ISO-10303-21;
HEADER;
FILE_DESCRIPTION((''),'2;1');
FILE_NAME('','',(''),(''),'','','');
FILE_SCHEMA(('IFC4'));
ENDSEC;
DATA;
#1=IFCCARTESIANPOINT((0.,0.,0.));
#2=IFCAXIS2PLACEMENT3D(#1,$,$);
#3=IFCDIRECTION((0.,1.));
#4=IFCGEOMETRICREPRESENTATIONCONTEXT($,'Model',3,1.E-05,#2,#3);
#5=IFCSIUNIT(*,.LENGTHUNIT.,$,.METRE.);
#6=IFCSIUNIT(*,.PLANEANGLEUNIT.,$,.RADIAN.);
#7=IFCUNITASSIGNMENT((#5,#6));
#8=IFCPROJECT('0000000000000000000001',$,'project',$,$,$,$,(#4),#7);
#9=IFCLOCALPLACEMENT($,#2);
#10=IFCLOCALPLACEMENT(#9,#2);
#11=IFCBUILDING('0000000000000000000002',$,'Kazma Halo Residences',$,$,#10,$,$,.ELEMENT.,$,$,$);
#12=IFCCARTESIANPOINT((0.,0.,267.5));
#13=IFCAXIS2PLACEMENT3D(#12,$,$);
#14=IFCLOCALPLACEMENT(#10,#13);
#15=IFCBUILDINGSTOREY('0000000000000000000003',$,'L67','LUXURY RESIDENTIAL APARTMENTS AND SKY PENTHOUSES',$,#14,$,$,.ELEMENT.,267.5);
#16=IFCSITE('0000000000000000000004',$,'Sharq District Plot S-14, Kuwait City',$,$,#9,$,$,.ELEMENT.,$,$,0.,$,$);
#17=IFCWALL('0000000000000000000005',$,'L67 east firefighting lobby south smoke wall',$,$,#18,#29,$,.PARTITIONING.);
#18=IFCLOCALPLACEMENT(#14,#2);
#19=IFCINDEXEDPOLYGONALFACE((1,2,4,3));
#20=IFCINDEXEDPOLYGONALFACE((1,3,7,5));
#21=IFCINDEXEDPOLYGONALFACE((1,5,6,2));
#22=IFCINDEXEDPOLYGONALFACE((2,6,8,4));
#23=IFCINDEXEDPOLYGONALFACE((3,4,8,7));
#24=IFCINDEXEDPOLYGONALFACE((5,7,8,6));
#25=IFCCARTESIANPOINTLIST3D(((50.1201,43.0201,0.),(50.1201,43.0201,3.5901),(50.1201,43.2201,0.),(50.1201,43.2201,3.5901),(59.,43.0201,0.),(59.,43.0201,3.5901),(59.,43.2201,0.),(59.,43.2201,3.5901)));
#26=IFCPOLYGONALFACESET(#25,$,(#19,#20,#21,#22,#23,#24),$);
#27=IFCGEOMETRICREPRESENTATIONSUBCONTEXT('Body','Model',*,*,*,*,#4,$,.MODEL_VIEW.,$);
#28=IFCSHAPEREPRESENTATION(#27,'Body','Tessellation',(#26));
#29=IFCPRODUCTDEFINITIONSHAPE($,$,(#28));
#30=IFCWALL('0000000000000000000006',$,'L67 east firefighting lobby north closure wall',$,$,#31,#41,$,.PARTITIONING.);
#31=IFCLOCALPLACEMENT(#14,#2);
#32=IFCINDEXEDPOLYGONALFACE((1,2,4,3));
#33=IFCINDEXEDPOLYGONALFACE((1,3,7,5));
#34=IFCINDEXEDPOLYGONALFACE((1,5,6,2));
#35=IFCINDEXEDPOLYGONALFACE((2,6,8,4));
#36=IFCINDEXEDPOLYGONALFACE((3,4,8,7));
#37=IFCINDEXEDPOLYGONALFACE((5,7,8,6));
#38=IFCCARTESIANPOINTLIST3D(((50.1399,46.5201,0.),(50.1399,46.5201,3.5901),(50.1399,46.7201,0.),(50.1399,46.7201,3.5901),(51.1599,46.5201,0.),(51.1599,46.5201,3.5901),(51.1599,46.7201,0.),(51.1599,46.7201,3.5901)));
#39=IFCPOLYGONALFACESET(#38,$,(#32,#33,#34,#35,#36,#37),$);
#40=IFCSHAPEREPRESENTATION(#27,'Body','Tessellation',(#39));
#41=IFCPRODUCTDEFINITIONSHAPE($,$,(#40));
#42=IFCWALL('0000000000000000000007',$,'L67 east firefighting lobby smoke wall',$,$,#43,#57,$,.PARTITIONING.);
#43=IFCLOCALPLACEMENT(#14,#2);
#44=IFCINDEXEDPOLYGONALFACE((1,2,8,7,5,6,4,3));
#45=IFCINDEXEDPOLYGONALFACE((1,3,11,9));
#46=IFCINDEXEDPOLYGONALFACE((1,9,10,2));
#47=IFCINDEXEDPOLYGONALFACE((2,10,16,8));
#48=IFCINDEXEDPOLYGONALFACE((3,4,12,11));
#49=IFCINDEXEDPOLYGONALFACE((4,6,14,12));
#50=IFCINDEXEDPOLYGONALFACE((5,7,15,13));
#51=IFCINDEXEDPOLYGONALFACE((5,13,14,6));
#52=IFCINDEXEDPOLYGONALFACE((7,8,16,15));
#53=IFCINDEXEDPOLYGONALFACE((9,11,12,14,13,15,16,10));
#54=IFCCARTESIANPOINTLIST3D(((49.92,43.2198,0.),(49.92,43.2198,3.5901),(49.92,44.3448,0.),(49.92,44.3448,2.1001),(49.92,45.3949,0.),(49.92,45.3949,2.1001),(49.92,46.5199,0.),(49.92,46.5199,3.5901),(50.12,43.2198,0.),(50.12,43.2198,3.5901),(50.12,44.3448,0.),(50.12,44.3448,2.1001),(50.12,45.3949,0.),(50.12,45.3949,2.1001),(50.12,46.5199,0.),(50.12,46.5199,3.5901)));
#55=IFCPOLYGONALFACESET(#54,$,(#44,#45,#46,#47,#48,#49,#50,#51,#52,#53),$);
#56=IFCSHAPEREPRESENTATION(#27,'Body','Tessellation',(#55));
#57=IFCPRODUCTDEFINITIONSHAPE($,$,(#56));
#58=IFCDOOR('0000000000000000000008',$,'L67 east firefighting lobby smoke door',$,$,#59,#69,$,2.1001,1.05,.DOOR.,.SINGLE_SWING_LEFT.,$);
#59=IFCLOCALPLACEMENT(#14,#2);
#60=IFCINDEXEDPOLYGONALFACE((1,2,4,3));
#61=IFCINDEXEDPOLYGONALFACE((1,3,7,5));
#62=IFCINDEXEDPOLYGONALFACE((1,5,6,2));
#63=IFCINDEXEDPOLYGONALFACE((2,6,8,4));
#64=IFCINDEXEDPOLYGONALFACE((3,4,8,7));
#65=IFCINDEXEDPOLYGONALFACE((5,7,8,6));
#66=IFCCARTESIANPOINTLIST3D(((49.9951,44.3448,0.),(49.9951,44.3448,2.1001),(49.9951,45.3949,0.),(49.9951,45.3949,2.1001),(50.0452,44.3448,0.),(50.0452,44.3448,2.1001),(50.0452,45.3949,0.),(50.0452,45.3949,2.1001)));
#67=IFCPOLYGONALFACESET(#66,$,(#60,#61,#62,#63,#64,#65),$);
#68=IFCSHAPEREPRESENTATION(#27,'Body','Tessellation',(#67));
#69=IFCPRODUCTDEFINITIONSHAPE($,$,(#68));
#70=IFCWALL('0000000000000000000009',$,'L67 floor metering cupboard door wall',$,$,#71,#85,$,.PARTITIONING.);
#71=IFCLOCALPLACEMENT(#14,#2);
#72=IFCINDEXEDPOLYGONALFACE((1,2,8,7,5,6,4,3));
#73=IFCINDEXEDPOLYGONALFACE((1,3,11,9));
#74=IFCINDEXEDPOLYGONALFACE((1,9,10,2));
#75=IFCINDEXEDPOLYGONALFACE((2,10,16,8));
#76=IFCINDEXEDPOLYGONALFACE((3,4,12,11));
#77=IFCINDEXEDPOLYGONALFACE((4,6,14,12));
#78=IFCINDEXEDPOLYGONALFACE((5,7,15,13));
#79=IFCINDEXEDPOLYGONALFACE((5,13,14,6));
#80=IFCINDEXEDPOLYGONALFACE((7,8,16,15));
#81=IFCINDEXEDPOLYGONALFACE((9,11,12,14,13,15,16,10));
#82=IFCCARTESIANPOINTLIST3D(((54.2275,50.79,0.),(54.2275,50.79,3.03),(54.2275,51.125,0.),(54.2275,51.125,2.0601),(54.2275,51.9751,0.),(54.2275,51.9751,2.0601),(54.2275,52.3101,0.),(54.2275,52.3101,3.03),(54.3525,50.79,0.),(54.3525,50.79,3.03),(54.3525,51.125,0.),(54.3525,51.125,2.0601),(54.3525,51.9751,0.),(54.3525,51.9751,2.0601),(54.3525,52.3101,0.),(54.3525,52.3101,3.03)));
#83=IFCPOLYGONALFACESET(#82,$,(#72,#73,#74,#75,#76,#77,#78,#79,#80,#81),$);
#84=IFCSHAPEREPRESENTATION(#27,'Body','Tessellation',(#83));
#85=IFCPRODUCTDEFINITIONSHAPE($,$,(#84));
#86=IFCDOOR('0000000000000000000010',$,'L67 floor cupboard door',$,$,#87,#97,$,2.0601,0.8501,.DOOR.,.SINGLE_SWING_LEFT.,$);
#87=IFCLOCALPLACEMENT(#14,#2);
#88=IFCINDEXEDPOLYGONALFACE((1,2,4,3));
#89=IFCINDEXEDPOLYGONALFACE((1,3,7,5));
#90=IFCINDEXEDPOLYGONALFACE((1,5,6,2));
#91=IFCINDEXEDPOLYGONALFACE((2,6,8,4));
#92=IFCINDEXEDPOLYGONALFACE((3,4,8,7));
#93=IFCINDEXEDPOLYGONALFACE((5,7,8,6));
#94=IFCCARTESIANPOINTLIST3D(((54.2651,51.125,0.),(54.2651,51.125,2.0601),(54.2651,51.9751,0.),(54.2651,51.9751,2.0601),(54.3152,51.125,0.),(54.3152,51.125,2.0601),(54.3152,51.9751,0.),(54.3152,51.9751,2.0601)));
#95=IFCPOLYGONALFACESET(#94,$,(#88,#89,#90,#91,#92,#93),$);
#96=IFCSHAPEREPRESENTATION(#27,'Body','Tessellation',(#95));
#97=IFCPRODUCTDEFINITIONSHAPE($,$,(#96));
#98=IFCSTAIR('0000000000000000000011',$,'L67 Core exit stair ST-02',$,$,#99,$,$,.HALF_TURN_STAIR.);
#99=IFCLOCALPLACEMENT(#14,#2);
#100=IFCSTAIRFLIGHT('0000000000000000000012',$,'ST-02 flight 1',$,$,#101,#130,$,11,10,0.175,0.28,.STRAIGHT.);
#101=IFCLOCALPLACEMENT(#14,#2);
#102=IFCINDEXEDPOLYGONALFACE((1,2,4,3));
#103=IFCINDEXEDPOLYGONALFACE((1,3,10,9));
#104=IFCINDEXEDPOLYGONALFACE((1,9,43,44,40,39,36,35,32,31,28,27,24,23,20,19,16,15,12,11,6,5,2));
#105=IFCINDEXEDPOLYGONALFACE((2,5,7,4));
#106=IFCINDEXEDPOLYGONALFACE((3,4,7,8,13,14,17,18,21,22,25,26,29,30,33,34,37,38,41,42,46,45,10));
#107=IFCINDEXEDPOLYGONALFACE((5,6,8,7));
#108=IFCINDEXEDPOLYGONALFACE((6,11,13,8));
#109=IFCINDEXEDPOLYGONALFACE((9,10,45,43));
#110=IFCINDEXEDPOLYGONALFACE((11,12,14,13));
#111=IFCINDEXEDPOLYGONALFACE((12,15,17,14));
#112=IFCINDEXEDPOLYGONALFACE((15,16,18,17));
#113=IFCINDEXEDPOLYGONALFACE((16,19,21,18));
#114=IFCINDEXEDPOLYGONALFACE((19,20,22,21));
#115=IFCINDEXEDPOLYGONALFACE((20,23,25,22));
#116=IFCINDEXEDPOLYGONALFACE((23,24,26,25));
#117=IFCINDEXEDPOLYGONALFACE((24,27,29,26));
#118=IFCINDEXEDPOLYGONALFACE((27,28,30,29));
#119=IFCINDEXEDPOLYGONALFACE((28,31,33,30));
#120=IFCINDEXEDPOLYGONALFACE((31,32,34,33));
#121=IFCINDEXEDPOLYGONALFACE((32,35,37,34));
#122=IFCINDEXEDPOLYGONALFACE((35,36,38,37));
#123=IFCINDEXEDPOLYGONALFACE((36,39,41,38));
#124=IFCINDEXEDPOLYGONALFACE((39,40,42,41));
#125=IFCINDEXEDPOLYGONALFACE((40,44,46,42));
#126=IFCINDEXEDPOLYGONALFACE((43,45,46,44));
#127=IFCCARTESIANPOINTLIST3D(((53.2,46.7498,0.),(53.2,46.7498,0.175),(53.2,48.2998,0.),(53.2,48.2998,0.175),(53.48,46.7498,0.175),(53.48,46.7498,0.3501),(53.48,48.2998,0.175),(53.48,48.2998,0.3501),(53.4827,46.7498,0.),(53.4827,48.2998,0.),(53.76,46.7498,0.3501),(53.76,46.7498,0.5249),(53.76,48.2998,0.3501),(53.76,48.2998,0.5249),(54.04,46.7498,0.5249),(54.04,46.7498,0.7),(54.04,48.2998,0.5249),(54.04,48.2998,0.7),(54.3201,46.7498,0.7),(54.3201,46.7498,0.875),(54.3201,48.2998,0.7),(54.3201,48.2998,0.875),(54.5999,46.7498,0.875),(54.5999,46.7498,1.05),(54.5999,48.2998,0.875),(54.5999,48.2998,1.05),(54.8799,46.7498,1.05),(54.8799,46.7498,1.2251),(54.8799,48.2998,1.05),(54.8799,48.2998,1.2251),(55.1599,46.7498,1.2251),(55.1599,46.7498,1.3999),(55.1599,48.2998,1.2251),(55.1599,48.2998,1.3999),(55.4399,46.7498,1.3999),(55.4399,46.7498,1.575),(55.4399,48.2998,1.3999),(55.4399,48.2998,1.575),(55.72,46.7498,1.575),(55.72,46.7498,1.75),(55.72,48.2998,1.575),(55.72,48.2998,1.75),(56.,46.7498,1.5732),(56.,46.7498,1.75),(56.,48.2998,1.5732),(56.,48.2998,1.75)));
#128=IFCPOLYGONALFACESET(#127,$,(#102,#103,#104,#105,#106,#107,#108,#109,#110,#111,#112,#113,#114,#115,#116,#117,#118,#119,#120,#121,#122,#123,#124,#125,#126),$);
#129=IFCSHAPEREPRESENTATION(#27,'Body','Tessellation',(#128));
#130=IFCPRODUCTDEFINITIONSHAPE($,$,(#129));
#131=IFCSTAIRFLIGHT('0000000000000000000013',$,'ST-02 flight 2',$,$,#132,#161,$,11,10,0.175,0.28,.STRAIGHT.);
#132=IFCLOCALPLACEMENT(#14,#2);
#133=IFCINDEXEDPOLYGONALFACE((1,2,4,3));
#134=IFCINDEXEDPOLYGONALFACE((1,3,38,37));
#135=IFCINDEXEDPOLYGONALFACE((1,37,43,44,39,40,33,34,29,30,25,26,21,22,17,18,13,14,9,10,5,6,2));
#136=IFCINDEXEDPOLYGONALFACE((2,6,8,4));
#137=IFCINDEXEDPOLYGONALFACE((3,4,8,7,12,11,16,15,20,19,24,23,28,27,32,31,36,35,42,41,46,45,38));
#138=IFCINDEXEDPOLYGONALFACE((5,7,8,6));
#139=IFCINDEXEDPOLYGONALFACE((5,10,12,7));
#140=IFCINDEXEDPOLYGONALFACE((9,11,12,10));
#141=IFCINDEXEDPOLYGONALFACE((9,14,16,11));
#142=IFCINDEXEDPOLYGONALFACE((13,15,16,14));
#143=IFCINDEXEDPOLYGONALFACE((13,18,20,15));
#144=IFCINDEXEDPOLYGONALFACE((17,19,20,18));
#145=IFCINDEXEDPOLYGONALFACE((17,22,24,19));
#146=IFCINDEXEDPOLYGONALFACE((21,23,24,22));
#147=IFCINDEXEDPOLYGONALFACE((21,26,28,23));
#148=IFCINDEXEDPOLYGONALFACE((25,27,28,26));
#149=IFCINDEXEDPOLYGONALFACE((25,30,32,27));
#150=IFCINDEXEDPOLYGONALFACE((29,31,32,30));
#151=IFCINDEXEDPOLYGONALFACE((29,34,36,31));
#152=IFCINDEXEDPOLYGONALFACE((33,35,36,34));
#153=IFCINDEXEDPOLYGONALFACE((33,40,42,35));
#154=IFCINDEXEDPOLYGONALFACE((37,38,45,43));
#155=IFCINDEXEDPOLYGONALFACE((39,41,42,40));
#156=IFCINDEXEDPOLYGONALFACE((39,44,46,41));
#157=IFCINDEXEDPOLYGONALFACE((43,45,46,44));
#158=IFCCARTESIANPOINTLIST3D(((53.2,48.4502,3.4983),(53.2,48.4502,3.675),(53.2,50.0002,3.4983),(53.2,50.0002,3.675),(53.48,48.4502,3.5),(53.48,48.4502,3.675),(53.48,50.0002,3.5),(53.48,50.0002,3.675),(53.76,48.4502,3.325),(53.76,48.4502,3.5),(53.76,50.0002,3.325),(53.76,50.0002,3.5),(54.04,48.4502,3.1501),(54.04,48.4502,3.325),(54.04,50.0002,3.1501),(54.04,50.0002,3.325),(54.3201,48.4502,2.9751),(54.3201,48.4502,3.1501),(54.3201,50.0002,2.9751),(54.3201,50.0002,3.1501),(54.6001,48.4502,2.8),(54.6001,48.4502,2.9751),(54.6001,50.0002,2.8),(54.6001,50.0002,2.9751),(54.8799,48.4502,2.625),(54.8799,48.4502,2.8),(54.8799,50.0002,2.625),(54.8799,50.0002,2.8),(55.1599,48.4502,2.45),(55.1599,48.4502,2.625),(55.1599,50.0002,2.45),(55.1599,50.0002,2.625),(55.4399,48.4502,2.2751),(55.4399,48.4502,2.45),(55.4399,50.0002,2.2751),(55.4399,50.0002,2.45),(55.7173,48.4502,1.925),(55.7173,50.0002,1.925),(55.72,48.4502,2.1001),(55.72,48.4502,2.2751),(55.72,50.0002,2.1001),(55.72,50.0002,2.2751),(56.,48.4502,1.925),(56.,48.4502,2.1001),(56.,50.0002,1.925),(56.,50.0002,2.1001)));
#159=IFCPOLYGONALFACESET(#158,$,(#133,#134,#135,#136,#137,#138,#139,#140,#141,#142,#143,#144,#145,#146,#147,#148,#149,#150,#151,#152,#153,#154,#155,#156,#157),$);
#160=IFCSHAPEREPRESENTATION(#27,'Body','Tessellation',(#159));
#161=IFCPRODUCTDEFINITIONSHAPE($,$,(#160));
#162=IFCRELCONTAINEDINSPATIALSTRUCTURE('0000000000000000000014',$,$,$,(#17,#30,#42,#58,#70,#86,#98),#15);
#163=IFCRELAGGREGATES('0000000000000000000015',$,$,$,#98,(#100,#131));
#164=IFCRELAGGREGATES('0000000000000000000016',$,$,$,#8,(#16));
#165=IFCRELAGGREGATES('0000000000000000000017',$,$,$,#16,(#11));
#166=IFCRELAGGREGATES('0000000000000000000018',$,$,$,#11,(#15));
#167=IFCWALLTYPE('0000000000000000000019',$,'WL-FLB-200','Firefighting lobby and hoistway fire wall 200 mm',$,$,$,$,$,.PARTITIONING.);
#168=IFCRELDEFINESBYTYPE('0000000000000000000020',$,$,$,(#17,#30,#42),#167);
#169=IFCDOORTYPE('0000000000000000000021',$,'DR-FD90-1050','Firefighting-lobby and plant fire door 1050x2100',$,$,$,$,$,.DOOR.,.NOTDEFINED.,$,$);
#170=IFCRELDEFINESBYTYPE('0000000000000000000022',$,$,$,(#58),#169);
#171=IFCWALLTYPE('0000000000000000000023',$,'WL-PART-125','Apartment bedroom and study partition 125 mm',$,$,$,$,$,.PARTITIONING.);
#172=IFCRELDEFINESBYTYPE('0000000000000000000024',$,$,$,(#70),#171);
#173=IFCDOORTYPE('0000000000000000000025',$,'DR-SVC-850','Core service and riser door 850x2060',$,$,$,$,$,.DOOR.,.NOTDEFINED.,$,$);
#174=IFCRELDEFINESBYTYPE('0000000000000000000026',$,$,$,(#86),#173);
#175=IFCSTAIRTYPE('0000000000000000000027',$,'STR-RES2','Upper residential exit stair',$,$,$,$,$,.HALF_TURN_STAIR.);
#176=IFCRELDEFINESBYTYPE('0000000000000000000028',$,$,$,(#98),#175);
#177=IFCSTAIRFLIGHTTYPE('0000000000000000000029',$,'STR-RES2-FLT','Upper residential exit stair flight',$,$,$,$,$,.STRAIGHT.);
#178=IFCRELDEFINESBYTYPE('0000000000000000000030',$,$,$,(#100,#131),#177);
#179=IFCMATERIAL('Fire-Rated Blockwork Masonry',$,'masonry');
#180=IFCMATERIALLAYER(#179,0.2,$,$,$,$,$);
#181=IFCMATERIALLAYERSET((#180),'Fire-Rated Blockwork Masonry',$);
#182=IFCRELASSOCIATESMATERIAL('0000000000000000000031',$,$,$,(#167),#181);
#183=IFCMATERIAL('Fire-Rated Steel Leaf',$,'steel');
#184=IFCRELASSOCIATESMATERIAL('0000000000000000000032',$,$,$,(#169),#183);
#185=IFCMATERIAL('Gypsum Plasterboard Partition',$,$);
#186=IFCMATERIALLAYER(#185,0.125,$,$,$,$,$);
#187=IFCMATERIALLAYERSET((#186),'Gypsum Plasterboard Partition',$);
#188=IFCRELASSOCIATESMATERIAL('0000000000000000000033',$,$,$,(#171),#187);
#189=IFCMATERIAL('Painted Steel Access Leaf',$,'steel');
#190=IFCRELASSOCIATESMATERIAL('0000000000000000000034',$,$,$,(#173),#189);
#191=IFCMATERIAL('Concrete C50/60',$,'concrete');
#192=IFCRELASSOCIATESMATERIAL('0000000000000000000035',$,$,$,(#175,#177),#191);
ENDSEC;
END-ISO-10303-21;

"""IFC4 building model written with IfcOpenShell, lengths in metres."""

from ifc_helpers import new_model, si_unit, direction, frame, frame_2d, origin, place, context, subcontext, project, spatial, polyline, rectangle, outline, extrude, material, layer, layer_set, type_object, element, fill, aggregate, save


model = new_model("IFC4")

# Units and contexts
model_context = context("Model", 3, precision=1e-05, world=origin(), true_north=direction((0.0, 1.0)))
body_context = subcontext(model_context, "Body", "Model", "MODEL_VIEW")
ifc_project = project(units=[si_unit("LENGTHUNIT", "METRE"), si_unit("PLANEANGLEUNIT", "RADIAN")], contexts=[model_context])

# Site, building, storey
site_placement = place(None, origin())
site = spatial("IfcSite", under=ifc_project, at=site_placement, Name="Sharq District Plot S-14, Kuwait City", CompositionType="ELEMENT", RefElevation=0.0)
building_placement = place(site_placement, origin())
building = spatial("IfcBuilding", under=site, at=building_placement, Name="Kazma Halo Residences", CompositionType="ELEMENT")
storey_placement = place(building_placement, frame((0.0, 0.0, 267.5)))
storey = spatial("IfcBuildingStorey", under=building, at=storey_placement, Name="L67", Description="LUXURY RESIDENTIAL APARTMENTS AND SKY PENTHOUSES", CompositionType="ELEMENT", Elevation=267.5)

# Shared definitions
ifc_material_1 = material(Name="Fire-Rated Blockwork Masonry", Category="masonry")
ifc_layer_1 = layer(ifc_material_1, 0.2)
ifc_layer_set_1 = layer_set([ifc_layer_1], Name="Fire-Rated Blockwork Masonry")
wall_type_1 = type_object("IfcWallType", Name="WL-FLB-200", Description="Firefighting lobby and hoistway fire wall 200 mm", PredefinedType="PARTITIONING", material=ifc_layer_set_1)

# Walls
wall_1_placement = place(storey_placement, frame((50.1201, 43.1201, 0.0), z_axis=(0.0, 0.0, 1.0), x_axis=(1.0, 0.0, 0.0)))
element("IfcWall", 1, at=wall_1_placement, inside=storey, type_object=wall_type_1, Name="L67 east firefighting lobby south smoke wall", PredefinedType="PARTITIONING", context=body_context, shape_type="SweptSolid", body=[
    extrude(rectangle(XDim=8.8799, YDim=0.2, at=frame_2d((4.4399, 0.0))), origin(), (0.0, 0.0, 1.0), 3.5901),
])
wall_2_placement = place(storey_placement, frame((50.1399, 46.6201, 0.0), z_axis=(0.0, 0.0, 1.0), x_axis=(1.0, 0.0, 0.0)))
element("IfcWall", 2, at=wall_2_placement, inside=storey, type_object=wall_type_1, Name="L67 east firefighting lobby north closure wall", PredefinedType="PARTITIONING", context=body_context, shape_type="SweptSolid", body=[
    extrude(rectangle(XDim=1.02, YDim=0.2, at=frame_2d((0.51, 0.0))), origin(), (0.0, 0.0, 1.0), 3.5901),
])

# Walls, openings, doors
wall_3_placement = place(storey_placement, frame((50.02, 43.22, 0.0), z_axis=(0.0, 0.0, 1.0), x_axis=(0.0, 1.0, 0.0)))
wall_3 = element("IfcWall", 3, at=wall_3_placement, inside=storey, type_object=wall_type_1, Name="L67 east firefighting lobby smoke wall", PredefinedType="PARTITIONING", context=body_context, shape_type="SweptSolid", body=[
    extrude(rectangle(XDim=3.3, YDim=0.2, at=frame_2d((1.6499, 0.0))), origin(), (0.0, 0.0, 1.0), 3.5901),
])
opening_1_placement = place(wall_3_placement, frame((1.125, 0.0, 0.0)))
opening_1 = element("IfcOpeningElement", 4, at=opening_1_placement, cuts=wall_3, PredefinedType="OPENING", context=body_context, shape_type="SweptSolid", body=[
    extrude(rectangle(XDim=1.05, YDim=2.1001, at=frame_2d((0.5249, 1.05))), frame((0.0, 0.1099, 0.0), z_axis=(0.0, -1.0, 0.0), x_axis=(1.0, 0.0, 0.0)), (0.0, 0.0, 1.0), 0.22),
])
ifc_material_2 = material(Name="Fire-Rated Steel Leaf", Category="steel")
door_type_1 = type_object("IfcDoorType", Name="DR-FD90-1050", Description="Firefighting-lobby and plant fire door 1050x2100", OperationType="NOTDEFINED", PredefinedType="DOOR", material=ifc_material_2)
door_1_placement = place(opening_1_placement, origin())
door_1 = element("IfcDoor", 5, at=door_1_placement, inside=storey, type_object=door_type_1, Name="L67 east firefighting lobby smoke door", OperationType="SINGLE_SWING_LEFT", OverallHeight=2.1001, OverallWidth=1.05, PredefinedType="DOOR", context=body_context, shape_type="SweptSolid", body=[
    extrude(rectangle(XDim=1.05, YDim=2.1001, at=frame_2d((0.5249, 1.05))), frame((0.0, 0.0249, 0.0), z_axis=(0.0, -1.0, 0.0), x_axis=(1.0, 0.0, 0.0)), (0.0, 0.0, 1.0), 0.05),
])
fill(opening_1, door_1)
ifc_material_3 = material(Name="Gypsum Plasterboard Partition")
ifc_layer_2 = layer(ifc_material_3, 0.125)
ifc_layer_set_2 = layer_set([ifc_layer_2], Name="Gypsum Plasterboard Partition")
wall_type_2 = type_object("IfcWallType", Name="WL-PART-125", Description="Apartment bedroom and study partition 125 mm", PredefinedType="PARTITIONING", material=ifc_layer_set_2)
wall_4_placement = place(storey_placement, frame((54.29, 50.79, 0.0), z_axis=(0.0, 0.0, 1.0), x_axis=(0.0, 1.0, 0.0)))
wall_4 = element("IfcWall", 6, at=wall_4_placement, inside=storey, type_object=wall_type_2, Name="L67 floor metering cupboard door wall", PredefinedType="PARTITIONING", context=body_context, shape_type="SweptSolid", body=[
    extrude(rectangle(XDim=1.52, YDim=0.125, at=frame_2d((0.76, 0.0))), origin(), (0.0, 0.0, 1.0), 3.03),
])
opening_2_placement = place(wall_4_placement, frame((0.335, 0.0, 0.0)))
opening_2 = element("IfcOpeningElement", 7, at=opening_2_placement, cuts=wall_4, PredefinedType="OPENING", context=body_context, shape_type="SweptSolid", body=[
    extrude(rectangle(XDim=0.8501, YDim=2.0601, at=frame_2d((0.425, 1.03))), frame((0.0, 0.0725, 0.0), z_axis=(0.0, -1.0, 0.0), x_axis=(1.0, 0.0, 0.0)), (0.0, 0.0, 1.0), 0.145),
])
ifc_material_4 = material(Name="Painted Steel Access Leaf", Category="steel")
door_type_2 = type_object("IfcDoorType", Name="DR-SVC-850", Description="Core service and riser door 850x2060", OperationType="NOTDEFINED", PredefinedType="DOOR", material=ifc_material_4)
door_2_placement = place(opening_2_placement, origin())
door_2 = element("IfcDoor", 8, at=door_2_placement, inside=storey, type_object=door_type_2, Name="L67 floor cupboard door", OperationType="SINGLE_SWING_LEFT", OverallHeight=2.0601, OverallWidth=0.8501, PredefinedType="DOOR", context=body_context, shape_type="SweptSolid", body=[
    extrude(rectangle(XDim=0.8501, YDim=2.0601, at=frame_2d((0.425, 1.03))), frame((0.0, 0.0249, 0.0), z_axis=(0.0, -1.0, 0.0), x_axis=(1.0, 0.0, 0.0)), (0.0, 0.0, 1.0), 0.05),
])
fill(opening_2, door_2)
ifc_material_5 = material(Name="Concrete C50/60", Category="concrete")

# Stair, stair flights
stair_type = type_object("IfcStairType", Name="STR-RES2", Description="Upper residential exit stair", PredefinedType="HALF_TURN_STAIR", material=ifc_material_5)
stair_placement = place(storey_placement, origin())
stair = element("IfcStair", 9, at=stair_placement, inside=storey, type_object=stair_type, Name="L67 Core exit stair ST-02", PredefinedType="HALF_TURN_STAIR")
stair_flight_type = type_object("IfcStairFlightType", Name="STR-RES2-FLT", Description="Upper residential exit stair flight", PredefinedType="STRAIGHT", material=ifc_material_5)
stair_flight_1_placement = place(storey_placement, frame((53.2, 47.5249, 0.0), z_axis=(0.0, 0.0, 1.0), x_axis=(1.0, 0.0, 0.0)))
stair_flight_1 = element("IfcStairFlight", 10, at=stair_flight_1_placement, type_object=stair_flight_type, Name="ST-02 flight 1", NumberOfRisers=11, NumberOfTreads=10, PredefinedType="STRAIGHT", RiserHeight=0.175, TreadLength=0.28, context=body_context, shape_type="SweptSolid", body=[
    extrude(outline(polyline([(0.0, 0.0), (0.0, 0.175), (0.28, 0.175), (0.28, 0.3501), (0.5601, 0.3501), (0.5601, 0.5249), (0.8401, 0.5249), (0.8401, 0.7), (1.1201, 0.7), (1.1201, 0.875), (1.3999, 0.875), (1.3999, 1.05), (1.6799, 1.05), (1.6799, 1.2251), (1.96, 1.2251), (1.96, 1.3999), (2.24, 1.3999), (2.24, 1.575), (2.52, 1.575), (2.52, 1.75), (2.8, 1.75), (2.8, 1.925), (2.8, 1.5732), (0.2827, 0.0), (0.0, 0.0)])), frame((0.0, 0.7749, 0.0), z_axis=(0.0, -1.0, 0.0), x_axis=(1.0, 0.0, 0.0)), (0.0, 0.0, 1.0), 1.55),
])
stair_flight_2_placement = place(storey_placement, frame((56.0, 49.2251, 1.925), z_axis=(0.0, 0.0, 1.0), x_axis=(-1.0, 0.0, 0.0)))
stair_flight_2 = element("IfcStairFlight", 11, at=stair_flight_2_placement, type_object=stair_flight_type, Name="ST-02 flight 2", NumberOfRisers=11, NumberOfTreads=10, PredefinedType="STRAIGHT", RiserHeight=0.175, TreadLength=0.28, context=body_context, shape_type="SweptSolid", body=[
    extrude(outline(polyline([(0.0, 0.0), (0.0, 0.175), (0.28, 0.175), (0.28, 0.3501), (0.5601, 0.3501), (0.5601, 0.5249), (0.8401, 0.5249), (0.8401, 0.7), (1.1201, 0.7), (1.1201, 0.875), (1.3999, 0.875), (1.3999, 1.05), (1.6799, 1.05), (1.6799, 1.2251), (1.96, 1.2251), (1.96, 1.3999), (2.24, 1.3999), (2.24, 1.575), (2.52, 1.575), (2.52, 1.75), (2.8, 1.75), (2.8, 1.925), (2.8, 1.5732), (0.2827, 0.0), (0.0, 0.0)])), frame((0.0, 0.7749, 0.0), z_axis=(0.0, -1.0, 0.0), x_axis=(1.0, 0.0, 0.0)), (0.0, 0.0, 1.0), 1.55),
])
aggregate(stair, [stair_flight_1, stair_flight_2])

save(model, "model.ifc")
